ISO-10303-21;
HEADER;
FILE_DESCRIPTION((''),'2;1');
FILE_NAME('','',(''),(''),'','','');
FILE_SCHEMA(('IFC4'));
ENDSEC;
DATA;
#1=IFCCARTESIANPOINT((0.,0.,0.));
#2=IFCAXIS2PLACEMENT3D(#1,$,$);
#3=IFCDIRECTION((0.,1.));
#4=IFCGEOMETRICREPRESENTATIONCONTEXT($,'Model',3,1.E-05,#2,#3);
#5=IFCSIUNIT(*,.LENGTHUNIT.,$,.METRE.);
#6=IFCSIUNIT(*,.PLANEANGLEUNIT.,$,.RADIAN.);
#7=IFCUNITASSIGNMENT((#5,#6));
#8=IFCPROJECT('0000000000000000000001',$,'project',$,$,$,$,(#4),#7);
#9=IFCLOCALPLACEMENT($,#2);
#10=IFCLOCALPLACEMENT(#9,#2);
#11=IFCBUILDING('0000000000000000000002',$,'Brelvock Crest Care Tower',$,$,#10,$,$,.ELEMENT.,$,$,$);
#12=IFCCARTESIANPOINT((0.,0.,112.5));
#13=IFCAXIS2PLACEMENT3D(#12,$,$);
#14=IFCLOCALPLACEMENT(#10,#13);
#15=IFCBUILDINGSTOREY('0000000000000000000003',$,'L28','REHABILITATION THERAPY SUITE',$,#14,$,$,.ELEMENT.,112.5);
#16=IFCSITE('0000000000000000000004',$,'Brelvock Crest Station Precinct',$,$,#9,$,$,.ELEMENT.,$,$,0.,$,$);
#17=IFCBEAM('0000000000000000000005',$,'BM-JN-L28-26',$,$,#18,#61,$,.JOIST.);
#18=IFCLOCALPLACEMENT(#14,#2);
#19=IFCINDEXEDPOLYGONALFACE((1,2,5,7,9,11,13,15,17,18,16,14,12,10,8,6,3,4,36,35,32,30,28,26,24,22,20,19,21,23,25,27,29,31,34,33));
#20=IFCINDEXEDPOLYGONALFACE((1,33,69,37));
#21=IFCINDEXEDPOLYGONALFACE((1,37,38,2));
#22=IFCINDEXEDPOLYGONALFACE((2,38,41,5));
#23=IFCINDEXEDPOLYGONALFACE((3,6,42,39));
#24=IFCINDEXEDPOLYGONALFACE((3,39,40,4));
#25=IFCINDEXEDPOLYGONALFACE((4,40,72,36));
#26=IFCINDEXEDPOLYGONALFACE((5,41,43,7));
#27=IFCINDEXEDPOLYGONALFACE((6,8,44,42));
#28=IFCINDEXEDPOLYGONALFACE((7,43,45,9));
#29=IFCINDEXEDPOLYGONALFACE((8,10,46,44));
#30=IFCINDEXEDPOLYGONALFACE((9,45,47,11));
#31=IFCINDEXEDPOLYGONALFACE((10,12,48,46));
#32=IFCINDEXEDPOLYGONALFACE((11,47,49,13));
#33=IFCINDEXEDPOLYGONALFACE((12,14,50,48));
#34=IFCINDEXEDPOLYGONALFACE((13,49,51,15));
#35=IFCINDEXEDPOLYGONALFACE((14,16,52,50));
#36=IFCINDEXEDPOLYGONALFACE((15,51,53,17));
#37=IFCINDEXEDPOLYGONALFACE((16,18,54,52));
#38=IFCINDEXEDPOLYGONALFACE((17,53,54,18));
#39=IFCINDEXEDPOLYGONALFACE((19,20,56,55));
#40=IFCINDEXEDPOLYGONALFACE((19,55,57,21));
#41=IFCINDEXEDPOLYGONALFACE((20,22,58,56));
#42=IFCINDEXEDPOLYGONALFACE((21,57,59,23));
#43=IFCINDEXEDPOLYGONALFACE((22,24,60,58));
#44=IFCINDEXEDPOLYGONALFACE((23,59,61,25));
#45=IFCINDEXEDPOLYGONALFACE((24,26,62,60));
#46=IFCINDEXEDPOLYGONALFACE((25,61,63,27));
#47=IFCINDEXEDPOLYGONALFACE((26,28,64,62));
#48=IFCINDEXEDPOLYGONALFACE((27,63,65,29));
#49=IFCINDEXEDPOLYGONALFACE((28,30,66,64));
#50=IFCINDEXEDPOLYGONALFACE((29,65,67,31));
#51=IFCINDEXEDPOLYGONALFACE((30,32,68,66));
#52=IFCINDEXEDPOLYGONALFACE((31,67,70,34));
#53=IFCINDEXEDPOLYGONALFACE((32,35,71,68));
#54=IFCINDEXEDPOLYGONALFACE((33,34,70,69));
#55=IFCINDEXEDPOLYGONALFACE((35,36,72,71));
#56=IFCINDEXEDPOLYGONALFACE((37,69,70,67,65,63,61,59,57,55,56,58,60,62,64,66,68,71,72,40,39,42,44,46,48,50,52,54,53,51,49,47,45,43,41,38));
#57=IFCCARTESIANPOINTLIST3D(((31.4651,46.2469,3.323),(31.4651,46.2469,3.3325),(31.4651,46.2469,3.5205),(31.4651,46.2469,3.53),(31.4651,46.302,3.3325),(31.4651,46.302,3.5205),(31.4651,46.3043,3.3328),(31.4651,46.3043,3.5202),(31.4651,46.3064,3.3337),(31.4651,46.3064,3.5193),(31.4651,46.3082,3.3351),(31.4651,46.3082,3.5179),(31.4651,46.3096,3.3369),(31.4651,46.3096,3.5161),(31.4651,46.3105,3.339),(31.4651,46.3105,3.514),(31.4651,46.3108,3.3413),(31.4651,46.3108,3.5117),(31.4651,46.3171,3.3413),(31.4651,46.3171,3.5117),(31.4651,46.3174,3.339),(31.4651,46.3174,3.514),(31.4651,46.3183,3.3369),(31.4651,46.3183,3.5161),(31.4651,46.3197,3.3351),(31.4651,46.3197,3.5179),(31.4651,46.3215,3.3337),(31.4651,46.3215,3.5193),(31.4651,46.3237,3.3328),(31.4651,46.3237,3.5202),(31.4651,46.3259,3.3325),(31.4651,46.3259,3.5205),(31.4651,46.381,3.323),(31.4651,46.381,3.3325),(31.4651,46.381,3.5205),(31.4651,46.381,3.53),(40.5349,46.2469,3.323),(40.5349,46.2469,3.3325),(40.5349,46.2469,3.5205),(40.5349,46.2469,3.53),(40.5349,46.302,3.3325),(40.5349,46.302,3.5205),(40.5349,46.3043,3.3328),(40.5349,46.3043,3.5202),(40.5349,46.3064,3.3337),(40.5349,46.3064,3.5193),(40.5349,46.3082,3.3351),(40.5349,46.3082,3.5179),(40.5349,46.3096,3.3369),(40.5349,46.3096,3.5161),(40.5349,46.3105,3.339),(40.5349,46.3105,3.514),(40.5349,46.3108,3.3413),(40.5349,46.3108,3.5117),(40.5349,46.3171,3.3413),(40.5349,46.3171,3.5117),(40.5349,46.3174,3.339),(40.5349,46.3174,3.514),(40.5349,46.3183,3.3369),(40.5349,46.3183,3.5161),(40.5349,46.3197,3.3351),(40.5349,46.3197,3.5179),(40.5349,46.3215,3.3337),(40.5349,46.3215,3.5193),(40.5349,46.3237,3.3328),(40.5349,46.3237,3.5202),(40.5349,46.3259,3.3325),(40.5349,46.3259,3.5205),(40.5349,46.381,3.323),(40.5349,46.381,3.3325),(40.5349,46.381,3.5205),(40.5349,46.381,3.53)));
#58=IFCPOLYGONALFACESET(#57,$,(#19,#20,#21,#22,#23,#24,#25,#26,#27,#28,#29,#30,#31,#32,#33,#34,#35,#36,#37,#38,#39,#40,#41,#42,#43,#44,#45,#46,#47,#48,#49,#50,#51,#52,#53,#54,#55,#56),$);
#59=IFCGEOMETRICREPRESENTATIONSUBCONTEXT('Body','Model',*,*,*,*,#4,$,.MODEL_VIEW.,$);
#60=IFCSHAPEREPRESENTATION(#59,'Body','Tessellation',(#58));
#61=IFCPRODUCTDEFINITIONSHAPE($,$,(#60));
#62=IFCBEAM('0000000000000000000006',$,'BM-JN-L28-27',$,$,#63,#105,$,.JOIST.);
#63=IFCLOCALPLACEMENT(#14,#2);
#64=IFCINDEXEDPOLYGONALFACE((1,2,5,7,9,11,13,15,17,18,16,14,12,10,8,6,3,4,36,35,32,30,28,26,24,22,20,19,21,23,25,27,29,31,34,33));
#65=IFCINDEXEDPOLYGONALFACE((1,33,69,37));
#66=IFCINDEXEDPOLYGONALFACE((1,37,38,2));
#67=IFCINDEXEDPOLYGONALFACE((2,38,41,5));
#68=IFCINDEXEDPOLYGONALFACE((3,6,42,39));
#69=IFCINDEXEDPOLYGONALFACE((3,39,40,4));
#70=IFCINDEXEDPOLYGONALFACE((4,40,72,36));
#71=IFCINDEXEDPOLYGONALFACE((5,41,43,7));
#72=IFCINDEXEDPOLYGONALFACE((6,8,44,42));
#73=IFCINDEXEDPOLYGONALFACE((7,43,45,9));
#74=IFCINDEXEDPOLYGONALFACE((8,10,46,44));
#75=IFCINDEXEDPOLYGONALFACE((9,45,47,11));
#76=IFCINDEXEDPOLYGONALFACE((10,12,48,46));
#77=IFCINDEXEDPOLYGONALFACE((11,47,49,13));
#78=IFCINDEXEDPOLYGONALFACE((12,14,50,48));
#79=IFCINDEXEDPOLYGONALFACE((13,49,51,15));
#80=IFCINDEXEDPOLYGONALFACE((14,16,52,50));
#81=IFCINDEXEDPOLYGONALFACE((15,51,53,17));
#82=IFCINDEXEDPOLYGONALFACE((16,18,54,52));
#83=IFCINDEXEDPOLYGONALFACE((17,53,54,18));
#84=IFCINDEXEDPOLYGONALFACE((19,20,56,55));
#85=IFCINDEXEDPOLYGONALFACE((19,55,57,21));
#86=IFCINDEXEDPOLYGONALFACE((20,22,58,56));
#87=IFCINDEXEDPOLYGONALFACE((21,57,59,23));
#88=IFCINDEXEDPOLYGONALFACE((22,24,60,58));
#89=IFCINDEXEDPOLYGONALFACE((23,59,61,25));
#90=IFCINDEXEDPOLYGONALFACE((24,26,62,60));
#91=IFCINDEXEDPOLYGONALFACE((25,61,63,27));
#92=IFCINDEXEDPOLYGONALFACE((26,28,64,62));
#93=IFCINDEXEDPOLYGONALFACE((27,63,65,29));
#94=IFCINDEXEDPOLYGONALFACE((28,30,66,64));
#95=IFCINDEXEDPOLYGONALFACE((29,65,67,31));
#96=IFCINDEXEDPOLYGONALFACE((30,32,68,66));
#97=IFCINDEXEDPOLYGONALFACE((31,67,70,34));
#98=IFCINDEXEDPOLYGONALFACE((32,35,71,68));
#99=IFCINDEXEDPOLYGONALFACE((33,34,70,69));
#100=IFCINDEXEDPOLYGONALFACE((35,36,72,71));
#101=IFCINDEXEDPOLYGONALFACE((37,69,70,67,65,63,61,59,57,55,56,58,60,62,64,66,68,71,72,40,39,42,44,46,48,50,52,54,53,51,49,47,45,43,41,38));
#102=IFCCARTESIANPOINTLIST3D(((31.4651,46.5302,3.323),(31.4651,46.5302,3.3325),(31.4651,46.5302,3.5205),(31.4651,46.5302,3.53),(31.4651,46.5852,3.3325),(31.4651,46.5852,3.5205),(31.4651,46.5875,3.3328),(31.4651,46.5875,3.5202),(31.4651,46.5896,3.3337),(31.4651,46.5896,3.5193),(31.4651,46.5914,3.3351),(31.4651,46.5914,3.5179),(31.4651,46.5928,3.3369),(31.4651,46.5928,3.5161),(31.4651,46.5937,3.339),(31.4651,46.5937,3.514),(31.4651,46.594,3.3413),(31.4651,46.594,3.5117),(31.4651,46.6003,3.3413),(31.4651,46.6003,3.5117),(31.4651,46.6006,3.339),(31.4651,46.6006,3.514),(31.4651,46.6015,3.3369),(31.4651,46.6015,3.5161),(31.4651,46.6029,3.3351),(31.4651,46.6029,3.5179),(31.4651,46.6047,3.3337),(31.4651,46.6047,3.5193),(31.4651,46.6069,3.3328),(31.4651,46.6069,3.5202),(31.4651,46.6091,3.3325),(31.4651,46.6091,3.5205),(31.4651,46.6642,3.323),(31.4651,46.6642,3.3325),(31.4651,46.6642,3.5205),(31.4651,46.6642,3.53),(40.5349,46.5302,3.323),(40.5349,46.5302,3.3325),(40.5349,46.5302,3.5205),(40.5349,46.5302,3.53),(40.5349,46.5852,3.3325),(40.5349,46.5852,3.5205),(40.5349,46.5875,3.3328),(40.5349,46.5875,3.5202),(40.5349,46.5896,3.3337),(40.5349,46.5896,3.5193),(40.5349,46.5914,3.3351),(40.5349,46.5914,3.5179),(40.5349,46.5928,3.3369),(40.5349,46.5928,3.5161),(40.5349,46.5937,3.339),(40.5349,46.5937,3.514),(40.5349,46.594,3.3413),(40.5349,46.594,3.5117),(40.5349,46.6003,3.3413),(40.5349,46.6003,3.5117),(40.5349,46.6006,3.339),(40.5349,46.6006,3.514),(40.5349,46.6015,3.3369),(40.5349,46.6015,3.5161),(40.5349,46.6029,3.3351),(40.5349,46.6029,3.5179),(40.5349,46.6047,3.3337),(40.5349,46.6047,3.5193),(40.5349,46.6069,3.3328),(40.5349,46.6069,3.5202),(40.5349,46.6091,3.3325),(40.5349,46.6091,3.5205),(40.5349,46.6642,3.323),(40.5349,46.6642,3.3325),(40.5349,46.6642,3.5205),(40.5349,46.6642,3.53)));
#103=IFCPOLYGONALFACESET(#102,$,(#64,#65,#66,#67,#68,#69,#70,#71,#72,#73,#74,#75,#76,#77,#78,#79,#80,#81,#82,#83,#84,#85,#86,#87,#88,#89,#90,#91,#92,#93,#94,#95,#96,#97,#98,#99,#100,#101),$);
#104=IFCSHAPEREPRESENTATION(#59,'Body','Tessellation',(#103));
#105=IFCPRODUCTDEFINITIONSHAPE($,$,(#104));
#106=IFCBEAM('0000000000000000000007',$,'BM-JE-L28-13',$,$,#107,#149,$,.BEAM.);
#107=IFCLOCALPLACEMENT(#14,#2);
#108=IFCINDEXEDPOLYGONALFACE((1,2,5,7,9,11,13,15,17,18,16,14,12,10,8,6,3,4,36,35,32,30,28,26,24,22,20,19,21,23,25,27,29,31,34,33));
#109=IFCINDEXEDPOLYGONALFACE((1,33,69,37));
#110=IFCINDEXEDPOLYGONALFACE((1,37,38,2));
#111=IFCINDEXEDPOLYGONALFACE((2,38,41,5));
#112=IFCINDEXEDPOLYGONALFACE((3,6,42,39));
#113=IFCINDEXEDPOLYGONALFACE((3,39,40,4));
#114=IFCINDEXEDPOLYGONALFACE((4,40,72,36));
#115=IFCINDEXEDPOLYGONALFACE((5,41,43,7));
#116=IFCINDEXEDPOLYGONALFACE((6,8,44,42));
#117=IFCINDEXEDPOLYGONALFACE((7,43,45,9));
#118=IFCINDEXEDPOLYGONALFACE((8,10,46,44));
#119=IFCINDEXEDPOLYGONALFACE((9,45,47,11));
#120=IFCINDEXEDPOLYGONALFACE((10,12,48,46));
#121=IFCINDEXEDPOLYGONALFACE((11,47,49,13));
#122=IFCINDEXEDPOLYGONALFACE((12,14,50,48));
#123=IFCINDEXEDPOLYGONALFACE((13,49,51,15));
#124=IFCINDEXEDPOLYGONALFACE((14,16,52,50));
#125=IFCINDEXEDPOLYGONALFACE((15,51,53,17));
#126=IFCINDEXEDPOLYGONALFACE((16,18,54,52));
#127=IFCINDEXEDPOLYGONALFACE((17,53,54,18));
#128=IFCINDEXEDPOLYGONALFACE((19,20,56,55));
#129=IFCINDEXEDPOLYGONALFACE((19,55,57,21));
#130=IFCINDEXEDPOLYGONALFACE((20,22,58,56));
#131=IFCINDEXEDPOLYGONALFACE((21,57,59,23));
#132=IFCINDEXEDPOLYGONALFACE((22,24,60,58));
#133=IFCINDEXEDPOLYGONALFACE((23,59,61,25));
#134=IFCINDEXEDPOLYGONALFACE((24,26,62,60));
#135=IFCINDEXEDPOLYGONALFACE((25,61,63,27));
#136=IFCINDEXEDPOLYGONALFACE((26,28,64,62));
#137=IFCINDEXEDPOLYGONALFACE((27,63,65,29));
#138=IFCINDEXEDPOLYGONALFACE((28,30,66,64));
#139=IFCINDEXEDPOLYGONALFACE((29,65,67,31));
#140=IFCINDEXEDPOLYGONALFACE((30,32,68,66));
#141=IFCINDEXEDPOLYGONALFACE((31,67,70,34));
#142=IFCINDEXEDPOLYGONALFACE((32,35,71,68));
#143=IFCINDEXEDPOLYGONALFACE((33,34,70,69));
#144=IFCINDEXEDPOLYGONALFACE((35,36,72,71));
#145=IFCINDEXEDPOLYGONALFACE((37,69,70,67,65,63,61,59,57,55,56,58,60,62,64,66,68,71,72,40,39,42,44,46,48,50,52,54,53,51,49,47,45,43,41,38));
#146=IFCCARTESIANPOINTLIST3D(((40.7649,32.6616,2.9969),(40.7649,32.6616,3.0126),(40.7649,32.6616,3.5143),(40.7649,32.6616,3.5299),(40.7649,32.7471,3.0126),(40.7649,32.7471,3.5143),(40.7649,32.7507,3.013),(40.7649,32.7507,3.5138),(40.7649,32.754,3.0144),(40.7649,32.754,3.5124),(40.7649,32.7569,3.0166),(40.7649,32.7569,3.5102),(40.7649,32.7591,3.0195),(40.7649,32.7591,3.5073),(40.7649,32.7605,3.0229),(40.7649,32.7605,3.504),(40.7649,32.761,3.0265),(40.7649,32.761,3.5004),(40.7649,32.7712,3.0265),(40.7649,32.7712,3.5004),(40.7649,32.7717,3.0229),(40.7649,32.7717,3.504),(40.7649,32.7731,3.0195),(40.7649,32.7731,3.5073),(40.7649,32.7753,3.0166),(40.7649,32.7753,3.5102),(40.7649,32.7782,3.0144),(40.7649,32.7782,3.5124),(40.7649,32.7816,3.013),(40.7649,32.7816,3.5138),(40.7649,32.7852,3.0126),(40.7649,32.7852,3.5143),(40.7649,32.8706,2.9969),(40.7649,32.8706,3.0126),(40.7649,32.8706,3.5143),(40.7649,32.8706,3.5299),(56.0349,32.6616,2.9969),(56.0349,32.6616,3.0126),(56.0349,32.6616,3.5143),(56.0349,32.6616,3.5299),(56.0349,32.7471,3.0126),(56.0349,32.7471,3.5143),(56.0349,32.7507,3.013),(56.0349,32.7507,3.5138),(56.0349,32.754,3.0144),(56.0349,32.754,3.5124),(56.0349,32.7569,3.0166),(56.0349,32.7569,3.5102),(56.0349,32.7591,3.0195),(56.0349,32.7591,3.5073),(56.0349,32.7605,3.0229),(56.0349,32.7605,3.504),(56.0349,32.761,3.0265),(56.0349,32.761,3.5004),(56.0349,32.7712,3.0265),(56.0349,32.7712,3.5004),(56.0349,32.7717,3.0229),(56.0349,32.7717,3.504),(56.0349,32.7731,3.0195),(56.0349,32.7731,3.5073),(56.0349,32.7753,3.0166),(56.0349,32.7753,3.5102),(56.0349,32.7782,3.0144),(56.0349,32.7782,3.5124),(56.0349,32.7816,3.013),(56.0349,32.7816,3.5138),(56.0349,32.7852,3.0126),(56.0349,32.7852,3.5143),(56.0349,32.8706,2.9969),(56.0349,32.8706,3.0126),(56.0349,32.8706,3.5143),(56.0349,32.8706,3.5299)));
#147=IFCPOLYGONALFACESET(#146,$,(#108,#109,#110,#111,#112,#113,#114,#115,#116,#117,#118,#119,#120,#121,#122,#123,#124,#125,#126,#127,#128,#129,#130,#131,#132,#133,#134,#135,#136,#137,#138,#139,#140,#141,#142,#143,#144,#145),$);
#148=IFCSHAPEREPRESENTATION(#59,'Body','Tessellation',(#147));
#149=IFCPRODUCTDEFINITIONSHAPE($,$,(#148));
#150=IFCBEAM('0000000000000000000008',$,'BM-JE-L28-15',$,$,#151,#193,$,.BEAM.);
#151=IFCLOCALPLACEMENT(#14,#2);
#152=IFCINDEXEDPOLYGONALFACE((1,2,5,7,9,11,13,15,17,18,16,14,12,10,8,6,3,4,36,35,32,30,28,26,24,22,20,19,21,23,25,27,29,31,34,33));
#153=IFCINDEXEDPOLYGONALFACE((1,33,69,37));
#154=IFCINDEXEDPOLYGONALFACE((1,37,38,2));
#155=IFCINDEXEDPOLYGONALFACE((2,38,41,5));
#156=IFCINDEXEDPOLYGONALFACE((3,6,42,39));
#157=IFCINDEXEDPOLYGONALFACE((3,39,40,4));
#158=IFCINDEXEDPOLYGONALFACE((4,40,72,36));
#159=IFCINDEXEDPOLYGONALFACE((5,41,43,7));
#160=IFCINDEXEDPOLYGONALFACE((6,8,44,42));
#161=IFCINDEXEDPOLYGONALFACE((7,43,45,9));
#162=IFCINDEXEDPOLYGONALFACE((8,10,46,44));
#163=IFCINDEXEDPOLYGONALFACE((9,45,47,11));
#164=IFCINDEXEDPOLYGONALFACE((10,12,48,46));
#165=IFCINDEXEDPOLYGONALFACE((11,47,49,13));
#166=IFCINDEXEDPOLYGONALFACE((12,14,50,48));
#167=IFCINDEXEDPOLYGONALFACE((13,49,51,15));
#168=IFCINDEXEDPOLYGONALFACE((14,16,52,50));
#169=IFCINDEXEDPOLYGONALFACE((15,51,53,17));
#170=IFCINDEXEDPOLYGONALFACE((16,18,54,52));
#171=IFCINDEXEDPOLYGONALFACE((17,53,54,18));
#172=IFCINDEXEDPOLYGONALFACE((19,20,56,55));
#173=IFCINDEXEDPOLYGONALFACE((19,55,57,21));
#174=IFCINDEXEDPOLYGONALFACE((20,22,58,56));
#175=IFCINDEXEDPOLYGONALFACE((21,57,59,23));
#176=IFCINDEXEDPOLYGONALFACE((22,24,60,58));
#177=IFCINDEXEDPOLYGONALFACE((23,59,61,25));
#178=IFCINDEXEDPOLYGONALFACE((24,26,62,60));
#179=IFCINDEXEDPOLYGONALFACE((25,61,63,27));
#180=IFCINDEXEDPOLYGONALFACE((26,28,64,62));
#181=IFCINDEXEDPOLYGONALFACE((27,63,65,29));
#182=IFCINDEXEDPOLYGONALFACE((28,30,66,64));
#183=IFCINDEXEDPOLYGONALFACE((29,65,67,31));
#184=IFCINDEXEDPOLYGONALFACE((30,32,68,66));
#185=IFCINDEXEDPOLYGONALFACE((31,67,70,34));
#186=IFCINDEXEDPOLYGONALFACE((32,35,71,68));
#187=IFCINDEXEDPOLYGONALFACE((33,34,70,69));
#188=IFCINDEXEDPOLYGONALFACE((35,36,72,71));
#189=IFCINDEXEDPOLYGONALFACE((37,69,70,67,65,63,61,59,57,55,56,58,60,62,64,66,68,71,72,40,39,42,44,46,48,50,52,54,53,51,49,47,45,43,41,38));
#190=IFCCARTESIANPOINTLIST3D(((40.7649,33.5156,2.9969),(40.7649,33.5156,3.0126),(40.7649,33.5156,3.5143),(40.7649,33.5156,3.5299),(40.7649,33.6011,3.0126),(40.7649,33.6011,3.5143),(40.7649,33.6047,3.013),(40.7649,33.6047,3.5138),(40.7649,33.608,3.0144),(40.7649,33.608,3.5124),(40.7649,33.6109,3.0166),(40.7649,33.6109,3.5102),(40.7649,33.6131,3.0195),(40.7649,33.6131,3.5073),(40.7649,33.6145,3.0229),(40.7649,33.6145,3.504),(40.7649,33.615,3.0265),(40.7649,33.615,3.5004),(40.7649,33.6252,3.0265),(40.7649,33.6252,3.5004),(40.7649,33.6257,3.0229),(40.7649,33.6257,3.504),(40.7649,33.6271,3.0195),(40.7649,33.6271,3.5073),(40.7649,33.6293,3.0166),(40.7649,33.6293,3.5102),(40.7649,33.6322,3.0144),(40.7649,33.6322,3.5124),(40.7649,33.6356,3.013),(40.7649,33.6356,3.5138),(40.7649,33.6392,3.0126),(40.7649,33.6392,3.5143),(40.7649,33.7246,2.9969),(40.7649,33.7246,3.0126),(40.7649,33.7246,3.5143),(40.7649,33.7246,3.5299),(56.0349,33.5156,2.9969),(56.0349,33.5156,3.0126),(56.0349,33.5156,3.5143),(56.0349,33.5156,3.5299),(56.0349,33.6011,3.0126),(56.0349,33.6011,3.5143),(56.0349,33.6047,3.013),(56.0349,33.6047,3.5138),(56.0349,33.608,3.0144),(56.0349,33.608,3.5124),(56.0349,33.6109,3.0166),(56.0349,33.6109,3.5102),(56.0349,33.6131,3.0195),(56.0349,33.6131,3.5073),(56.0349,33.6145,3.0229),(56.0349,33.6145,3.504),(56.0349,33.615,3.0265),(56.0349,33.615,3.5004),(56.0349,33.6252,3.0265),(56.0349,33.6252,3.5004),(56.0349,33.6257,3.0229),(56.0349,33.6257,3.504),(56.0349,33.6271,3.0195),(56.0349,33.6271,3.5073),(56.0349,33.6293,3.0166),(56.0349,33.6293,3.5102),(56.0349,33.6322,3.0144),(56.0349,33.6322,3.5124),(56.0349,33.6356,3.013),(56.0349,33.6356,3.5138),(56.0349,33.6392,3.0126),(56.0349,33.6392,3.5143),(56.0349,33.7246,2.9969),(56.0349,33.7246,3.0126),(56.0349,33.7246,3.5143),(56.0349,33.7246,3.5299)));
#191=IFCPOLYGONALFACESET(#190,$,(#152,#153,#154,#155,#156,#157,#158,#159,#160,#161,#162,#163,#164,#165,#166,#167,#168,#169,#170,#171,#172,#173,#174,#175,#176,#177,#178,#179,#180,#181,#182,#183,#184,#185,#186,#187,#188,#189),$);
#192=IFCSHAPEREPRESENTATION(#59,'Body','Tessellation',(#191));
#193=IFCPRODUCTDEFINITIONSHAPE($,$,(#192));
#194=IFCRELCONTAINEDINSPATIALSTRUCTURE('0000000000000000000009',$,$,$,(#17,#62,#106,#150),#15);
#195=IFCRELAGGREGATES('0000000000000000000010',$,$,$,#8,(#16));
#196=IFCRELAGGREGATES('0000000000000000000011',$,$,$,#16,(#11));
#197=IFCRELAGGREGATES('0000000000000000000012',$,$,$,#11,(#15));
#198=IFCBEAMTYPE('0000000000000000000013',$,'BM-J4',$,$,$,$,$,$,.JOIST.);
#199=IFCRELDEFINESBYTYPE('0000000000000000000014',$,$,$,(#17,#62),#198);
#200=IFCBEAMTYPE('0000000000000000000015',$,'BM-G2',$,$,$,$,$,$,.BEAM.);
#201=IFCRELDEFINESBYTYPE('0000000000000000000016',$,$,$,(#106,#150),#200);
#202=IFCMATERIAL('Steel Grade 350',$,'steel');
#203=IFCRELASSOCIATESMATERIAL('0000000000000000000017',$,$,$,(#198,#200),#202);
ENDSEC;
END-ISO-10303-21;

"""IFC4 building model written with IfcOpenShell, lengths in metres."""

from ifc_helpers import new_model, si_unit, direction, frame, origin, origin_2d, place, context, subcontext, project, spatial, i_section, extrude, source, transform, mapped, material, material_profile, profile_set, type_object, element, save


model = new_model("IFC4")

# Units and contexts
model_context = context("Model", 3, precision=1e-05, world=origin(), true_north=direction((0.0, 1.0)))
body_context = subcontext(model_context, "Body", "Model", "MODEL_VIEW")
ifc_project = project(units=[si_unit("LENGTHUNIT", "METRE"), si_unit("PLANEANGLEUNIT", "RADIAN")], contexts=[model_context])

# Site, building, storey
site_placement = place(None, origin())
site = spatial("IfcSite", under=ifc_project, at=site_placement, Name="Brelvock Crest Station Precinct", CompositionType="ELEMENT", RefElevation=0.0)
building_placement = place(site_placement, origin())
building = spatial("IfcBuilding", under=site, at=building_placement, Name="Brelvock Crest Care Tower", CompositionType="ELEMENT")
storey_placement = place(building_placement, frame((0.0, 0.0, 112.5)))
storey = spatial("IfcBuildingStorey", under=building, at=storey_placement, Name="L28", Description="REHABILITATION THERAPY SUITE", CompositionType="ELEMENT", Elevation=112.5)

# Beams
ifc_material_1 = material(Name="Steel Grade 350", Category="steel")
ifc_material_profile_1 = material_profile(ifc_material_1, i_section(OverallWidth=0.134, OverallDepth=0.207, WebThickness=0.0063, FlangeThickness=0.0095, FilletRadius=0.0088, at=origin_2d()), Name="200UB29.8")
ifc_profile_set_1 = profile_set([ifc_material_profile_1], Name="Steel Grade 350")
beam_type_1 = type_object("IfcBeamType", Name="BM-J4", PredefinedType="JOIST", material=ifc_profile_set_1)
shared_shape_1 = source(origin(), body_context, "Body", "SweptSolid", [
    extrude(i_section(OverallWidth=0.134, OverallDepth=0.207, WebThickness=0.0063, FlangeThickness=0.0095, FilletRadius=0.0088, at=origin_2d()), origin(), (0.0, 0.0, 1.0), 9.0698),
])
for number, where, z_axis, x_axis, name in (
    (1, (31.4651, 46.314, 3.4265), (1.0, 0.0, 0.0), (0.0, 1.0, 0.0), "BM-JN-L28-26"),
    (2, (31.4651, 46.5972, 3.4265), (1.0, 0.0, 0.0), (0.0, 1.0, 0.0), "BM-JN-L28-27"),
):
    element("IfcBeam", number, at=place(storey_placement, frame(where, z_axis=z_axis, x_axis=x_axis)), inside=storey, type_object=beam_type_1, Name=name, PredefinedType="JOIST", context=body_context, shape_type="MappedRepresentation", body=[
        mapped(shared_shape_1, transform((0.0, 0.0, 0.0), x_axis=(1.0, 0.0, 0.0), y_axis=(0.0, 1.0, 0.0), z_axis=(0.0, 0.0, 1.0), scale=1.0)),
    ])
ifc_material_profile_2 = material_profile(ifc_material_1, i_section(OverallWidth=0.209, OverallDepth=0.533, WebThickness=0.0103, FlangeThickness=0.0156, FilletRadius=0.0139, at=origin_2d()), Name="530UB92.4")
ifc_profile_set_2 = profile_set([ifc_material_profile_2], Name="Steel Grade 350")
beam_type_2 = type_object("IfcBeamType", Name="BM-G2", PredefinedType="BEAM", material=ifc_profile_set_2)
shared_shape_2 = source(origin(), body_context, "Body", "SweptSolid", [
    extrude(i_section(OverallWidth=0.209, OverallDepth=0.533, WebThickness=0.0103, FlangeThickness=0.0156, FilletRadius=0.0139, at=origin_2d()), origin(), (0.0, 0.0, 1.0), 15.27),
])
for number, where, z_axis, x_axis, name in (
    (3, (40.7649, 32.7661, 3.2634), (1.0, 0.0, 0.0), (0.0, 1.0, 0.0), "BM-JE-L28-13"),
    (4, (40.7649, 33.6201, 3.2634), (1.0, 0.0, 0.0), (0.0, 1.0, 0.0), "BM-JE-L28-15"),
):
    element("IfcBeam", number, at=place(storey_placement, frame(where, z_axis=z_axis, x_axis=x_axis)), inside=storey, type_object=beam_type_2, Name=name, PredefinedType="BEAM", context=body_context, shape_type="MappedRepresentation", body=[
        mapped(shared_shape_2, transform((0.0, 0.0, 0.0), x_axis=(1.0, 0.0, 0.0), y_axis=(0.0, 1.0, 0.0), z_axis=(0.0, 0.0, 1.0), scale=1.0)),
    ])

save(model, "model.ifc")
